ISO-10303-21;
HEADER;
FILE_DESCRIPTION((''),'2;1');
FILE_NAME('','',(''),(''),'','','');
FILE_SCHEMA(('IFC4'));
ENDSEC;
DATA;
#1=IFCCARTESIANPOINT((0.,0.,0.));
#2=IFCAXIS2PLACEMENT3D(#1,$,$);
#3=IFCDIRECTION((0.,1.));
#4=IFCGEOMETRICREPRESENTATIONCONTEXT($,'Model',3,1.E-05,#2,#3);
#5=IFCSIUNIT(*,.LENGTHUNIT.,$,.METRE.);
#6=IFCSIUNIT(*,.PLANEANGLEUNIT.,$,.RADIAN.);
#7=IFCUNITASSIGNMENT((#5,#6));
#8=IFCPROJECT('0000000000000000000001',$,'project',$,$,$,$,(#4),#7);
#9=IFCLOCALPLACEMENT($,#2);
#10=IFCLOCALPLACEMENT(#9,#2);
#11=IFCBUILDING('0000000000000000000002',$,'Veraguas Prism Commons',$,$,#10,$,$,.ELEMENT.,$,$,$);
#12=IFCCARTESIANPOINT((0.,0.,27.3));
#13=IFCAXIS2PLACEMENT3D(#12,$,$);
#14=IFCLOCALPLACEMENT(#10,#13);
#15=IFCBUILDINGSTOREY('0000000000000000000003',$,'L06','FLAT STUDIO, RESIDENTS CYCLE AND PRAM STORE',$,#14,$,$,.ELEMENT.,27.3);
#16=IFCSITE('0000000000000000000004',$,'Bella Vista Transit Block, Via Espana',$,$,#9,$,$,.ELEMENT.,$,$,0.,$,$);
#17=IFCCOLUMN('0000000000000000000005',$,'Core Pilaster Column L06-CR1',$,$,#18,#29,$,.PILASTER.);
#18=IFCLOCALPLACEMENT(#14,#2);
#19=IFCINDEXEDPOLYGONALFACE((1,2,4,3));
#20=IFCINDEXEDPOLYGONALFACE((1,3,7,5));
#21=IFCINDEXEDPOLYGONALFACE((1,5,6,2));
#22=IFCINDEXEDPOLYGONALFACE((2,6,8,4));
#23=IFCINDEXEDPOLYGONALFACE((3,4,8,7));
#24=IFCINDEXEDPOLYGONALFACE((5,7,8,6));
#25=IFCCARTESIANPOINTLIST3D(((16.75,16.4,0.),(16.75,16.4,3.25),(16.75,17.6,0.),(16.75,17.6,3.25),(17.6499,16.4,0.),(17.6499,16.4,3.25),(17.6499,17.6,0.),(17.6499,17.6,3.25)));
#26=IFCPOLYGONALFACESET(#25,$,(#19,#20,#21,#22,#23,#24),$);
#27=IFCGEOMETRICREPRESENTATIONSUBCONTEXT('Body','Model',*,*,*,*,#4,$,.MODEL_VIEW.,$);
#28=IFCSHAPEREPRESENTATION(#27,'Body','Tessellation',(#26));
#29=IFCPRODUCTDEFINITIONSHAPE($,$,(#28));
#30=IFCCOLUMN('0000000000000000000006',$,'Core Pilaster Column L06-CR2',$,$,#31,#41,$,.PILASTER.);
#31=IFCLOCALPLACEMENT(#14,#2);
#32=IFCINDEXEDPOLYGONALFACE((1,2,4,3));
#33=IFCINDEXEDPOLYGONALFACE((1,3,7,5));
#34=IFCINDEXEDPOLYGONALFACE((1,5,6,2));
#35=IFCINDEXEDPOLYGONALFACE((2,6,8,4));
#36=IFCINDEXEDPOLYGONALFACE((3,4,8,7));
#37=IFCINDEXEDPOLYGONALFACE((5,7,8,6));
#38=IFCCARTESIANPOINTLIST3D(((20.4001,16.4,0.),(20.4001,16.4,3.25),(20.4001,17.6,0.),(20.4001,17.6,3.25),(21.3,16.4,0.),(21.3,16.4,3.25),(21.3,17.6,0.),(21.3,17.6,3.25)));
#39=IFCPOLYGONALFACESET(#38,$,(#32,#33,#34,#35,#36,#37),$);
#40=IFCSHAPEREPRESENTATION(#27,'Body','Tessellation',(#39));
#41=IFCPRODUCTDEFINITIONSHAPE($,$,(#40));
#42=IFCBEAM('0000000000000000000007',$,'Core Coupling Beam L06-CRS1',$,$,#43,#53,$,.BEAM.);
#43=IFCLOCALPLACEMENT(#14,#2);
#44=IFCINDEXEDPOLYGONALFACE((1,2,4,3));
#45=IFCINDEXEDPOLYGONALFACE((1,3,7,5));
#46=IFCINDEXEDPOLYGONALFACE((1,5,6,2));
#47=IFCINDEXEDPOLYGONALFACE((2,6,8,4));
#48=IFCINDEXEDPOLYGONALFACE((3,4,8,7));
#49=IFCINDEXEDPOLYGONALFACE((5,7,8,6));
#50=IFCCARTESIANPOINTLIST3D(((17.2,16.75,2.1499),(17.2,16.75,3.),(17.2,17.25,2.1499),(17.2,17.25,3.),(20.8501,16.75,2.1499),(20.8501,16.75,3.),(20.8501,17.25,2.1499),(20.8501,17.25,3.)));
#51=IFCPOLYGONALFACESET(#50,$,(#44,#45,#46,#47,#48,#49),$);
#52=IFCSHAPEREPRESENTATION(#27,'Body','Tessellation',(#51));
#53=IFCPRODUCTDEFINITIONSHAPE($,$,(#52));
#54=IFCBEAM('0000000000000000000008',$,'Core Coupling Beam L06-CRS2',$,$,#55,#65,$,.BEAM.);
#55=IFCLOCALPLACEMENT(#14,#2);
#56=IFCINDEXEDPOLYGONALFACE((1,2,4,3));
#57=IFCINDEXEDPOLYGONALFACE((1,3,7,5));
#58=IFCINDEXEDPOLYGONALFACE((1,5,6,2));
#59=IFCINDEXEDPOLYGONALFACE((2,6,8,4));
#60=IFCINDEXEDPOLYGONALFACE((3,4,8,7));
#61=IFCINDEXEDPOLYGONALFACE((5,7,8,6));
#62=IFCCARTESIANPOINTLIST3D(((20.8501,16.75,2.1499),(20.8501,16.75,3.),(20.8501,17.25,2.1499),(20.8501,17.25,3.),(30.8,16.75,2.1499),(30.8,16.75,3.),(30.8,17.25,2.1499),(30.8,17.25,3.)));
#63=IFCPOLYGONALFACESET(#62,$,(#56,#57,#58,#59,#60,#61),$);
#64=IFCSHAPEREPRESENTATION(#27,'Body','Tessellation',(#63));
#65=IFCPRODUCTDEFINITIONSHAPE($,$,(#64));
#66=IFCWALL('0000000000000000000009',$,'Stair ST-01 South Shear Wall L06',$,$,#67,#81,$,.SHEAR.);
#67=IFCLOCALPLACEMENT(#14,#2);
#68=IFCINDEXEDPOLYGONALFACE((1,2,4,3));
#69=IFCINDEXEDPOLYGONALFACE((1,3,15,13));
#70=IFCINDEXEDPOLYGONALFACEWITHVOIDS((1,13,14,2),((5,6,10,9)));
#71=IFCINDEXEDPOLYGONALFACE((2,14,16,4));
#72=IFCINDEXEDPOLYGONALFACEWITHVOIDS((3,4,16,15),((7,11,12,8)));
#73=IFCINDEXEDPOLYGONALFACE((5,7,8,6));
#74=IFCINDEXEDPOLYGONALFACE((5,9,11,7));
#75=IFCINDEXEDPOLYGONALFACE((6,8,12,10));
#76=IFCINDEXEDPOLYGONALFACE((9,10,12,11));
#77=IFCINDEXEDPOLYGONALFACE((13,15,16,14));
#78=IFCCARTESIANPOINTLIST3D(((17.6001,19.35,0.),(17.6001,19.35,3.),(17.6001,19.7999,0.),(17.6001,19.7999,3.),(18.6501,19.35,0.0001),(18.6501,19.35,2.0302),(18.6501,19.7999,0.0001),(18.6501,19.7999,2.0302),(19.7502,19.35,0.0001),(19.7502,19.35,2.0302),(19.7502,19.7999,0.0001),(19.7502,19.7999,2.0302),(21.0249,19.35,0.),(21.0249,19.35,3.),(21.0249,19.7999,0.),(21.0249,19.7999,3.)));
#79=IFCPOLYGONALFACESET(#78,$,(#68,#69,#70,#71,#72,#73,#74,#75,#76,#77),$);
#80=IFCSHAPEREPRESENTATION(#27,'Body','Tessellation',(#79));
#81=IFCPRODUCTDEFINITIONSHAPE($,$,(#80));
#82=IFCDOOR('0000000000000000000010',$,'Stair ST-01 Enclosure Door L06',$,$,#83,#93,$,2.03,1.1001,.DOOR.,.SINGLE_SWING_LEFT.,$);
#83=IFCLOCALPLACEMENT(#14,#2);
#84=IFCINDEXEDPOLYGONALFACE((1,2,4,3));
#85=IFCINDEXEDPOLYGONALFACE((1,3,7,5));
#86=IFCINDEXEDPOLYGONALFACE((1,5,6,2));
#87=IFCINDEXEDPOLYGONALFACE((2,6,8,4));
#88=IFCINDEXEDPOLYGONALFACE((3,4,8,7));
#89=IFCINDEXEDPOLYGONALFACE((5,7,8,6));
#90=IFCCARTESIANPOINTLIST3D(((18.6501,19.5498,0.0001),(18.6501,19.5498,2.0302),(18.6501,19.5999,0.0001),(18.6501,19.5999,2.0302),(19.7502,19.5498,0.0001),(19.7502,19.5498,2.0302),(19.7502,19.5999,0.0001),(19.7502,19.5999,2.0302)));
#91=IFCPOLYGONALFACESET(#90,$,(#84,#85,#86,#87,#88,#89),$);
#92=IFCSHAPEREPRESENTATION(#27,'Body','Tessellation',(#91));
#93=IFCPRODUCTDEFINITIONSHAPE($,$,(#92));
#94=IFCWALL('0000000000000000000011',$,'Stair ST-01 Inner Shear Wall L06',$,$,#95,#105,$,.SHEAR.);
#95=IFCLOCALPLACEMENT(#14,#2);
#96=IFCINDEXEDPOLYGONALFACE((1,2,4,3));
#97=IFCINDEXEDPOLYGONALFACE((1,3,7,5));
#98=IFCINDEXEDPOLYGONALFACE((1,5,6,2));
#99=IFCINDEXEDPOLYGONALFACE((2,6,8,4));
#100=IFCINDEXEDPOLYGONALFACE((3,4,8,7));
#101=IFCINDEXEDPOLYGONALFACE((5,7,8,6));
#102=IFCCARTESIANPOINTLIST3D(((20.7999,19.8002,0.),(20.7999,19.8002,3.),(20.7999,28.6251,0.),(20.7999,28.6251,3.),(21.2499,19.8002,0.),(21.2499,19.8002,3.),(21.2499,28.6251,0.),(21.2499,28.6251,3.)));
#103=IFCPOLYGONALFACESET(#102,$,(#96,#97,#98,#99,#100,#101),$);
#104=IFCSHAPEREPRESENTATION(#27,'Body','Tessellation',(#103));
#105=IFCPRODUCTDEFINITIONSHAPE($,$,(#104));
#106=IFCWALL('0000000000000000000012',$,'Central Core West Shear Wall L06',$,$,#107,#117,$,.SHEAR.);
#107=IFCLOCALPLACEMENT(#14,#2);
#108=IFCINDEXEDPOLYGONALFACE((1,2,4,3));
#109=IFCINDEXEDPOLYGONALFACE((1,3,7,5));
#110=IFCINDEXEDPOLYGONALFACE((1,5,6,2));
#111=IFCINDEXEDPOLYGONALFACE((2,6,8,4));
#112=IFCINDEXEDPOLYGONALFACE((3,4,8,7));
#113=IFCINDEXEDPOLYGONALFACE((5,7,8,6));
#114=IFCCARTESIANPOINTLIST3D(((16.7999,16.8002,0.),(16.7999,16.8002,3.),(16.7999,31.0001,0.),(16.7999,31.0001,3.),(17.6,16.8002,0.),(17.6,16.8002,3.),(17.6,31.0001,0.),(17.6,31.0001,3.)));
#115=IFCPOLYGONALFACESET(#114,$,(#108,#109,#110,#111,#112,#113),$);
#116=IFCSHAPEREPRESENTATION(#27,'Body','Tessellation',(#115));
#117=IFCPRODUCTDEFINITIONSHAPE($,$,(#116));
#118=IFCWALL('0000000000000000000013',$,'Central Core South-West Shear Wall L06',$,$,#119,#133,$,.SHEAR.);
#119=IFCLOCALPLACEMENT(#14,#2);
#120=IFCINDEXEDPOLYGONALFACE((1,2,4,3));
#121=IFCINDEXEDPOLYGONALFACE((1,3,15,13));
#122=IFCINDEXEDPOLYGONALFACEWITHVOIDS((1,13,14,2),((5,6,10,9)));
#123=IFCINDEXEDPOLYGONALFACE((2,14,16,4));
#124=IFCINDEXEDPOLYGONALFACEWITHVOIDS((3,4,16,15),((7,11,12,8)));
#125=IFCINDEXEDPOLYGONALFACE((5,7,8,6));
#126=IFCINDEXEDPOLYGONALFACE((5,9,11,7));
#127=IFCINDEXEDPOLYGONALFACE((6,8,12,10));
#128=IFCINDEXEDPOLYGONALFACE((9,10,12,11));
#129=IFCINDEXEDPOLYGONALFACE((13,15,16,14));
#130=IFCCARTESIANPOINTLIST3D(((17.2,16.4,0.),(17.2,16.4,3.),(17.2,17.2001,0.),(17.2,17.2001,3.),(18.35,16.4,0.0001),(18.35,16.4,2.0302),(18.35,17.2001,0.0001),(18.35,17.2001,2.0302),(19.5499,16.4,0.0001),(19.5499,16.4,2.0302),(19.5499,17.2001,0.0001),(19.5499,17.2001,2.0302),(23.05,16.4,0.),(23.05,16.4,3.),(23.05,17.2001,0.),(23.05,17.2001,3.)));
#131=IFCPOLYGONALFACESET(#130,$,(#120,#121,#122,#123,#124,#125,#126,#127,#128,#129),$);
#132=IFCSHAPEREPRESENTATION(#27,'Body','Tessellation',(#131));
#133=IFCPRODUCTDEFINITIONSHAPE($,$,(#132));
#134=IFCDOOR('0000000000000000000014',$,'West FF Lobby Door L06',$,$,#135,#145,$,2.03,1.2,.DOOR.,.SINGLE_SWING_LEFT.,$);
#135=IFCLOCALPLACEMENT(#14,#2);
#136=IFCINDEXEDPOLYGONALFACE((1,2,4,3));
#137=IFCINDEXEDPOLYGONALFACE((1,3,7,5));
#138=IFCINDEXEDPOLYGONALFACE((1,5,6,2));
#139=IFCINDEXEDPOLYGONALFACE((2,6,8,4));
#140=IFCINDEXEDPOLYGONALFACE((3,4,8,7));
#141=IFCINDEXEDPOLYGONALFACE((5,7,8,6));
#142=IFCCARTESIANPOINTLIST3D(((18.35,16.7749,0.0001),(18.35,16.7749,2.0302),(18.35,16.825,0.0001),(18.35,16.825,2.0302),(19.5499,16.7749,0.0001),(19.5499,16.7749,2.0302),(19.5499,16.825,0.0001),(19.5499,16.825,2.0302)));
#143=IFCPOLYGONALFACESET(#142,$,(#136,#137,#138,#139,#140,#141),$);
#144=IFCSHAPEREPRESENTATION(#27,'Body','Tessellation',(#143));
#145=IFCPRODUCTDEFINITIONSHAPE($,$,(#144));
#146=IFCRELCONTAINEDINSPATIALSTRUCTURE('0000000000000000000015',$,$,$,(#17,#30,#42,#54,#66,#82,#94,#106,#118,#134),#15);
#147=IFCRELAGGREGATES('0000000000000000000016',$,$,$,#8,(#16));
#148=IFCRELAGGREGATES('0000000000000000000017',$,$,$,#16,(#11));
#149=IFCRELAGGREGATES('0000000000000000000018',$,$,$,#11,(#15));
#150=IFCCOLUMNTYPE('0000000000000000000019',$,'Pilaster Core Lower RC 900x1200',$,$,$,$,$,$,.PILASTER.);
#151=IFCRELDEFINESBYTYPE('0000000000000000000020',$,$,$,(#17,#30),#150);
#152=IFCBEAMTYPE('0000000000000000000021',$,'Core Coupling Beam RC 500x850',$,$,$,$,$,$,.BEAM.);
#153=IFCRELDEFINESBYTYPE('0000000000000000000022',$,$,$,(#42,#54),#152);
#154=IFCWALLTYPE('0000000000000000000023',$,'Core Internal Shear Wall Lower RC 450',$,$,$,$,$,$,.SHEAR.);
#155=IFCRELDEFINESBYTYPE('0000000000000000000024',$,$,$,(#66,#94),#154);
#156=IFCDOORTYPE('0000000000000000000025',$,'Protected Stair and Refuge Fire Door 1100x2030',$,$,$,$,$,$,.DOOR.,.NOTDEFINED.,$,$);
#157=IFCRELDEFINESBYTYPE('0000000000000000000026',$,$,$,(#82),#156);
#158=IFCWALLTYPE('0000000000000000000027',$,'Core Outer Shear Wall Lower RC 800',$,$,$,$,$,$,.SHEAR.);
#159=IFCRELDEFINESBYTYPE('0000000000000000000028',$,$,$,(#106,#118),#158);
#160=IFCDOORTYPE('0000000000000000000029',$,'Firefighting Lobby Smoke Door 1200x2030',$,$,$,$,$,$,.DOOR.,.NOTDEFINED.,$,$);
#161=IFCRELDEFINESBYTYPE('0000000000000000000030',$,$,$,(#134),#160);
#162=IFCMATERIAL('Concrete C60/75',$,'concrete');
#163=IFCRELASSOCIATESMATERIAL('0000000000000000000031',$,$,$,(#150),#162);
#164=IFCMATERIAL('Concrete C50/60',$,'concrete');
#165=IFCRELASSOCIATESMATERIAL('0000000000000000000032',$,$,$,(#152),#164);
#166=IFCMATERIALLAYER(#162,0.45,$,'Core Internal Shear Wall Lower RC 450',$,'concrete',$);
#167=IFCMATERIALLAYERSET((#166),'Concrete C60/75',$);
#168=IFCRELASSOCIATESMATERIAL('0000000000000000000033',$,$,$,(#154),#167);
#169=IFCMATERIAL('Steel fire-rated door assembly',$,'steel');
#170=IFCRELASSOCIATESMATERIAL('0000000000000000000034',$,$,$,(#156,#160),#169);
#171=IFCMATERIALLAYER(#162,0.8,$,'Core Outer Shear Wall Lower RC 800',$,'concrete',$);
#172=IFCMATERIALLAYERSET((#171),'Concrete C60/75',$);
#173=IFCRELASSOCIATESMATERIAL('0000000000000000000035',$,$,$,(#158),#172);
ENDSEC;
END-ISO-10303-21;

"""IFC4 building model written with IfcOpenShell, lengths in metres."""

from ifc_helpers import new_model, si_unit, direction, frame, frame_2d, origin, origin_2d, place, context, subcontext, project, spatial, rectangle, extrude, source, transform, mapped, material, layer, layer_set, material_profile, profile_set, type_object, element, fill, save


model = new_model("IFC4")

# Units and contexts
model_context = context("Model", 3, precision=1e-05, world=origin(), true_north=direction((0.0, 1.0)))
body_context = subcontext(model_context, "Body", "Model", "MODEL_VIEW")
ifc_project = project(units=[si_unit("LENGTHUNIT", "METRE"), si_unit("PLANEANGLEUNIT", "RADIAN")], contexts=[model_context])

# Site, building, storey
site_placement = place(None, origin())
site = spatial("IfcSite", under=ifc_project, at=site_placement, Name="Bella Vista Transit Block, Via Espana", CompositionType="ELEMENT", RefElevation=0.0)
building_placement = place(site_placement, origin())
building = spatial("IfcBuilding", under=site, at=building_placement, Name="Veraguas Prism Commons", CompositionType="ELEMENT")
storey_placement = place(building_placement, frame((0.0, 0.0, 27.3)))
storey = spatial("IfcBuildingStorey", under=building, at=storey_placement, Name="L06", Description="FLAT STUDIO, RESIDENTS CYCLE AND PRAM STORE", CompositionType="ELEMENT", Elevation=27.3)

# Columns
ifc_material_1 = material(Name="Concrete C60/75", Category="concrete")
ifc_material_profile_1 = material_profile(ifc_material_1, rectangle(XDim=0.8999, YDim=1.2, at=origin_2d()), Name="RC900X1200")
ifc_profile_set_1 = profile_set([ifc_material_profile_1], Name="Concrete C60/75")
column_type = type_object("IfcColumnType", Name="Pilaster Core Lower RC 900x1200", PredefinedType="PILASTER", material=ifc_profile_set_1)
for number, where, z_axis, x_axis, name in (
    (1, (17.2, 17.0, 0.0), (0.0, 0.0, 1.0), (1.0, 0.0, 0.0), "Core Pilaster Column L06-CR1"),
    (2, (20.8501, 17.0, 0.0), (0.0, 0.0, 1.0), (1.0, 0.0, 0.0), "Core Pilaster Column L06-CR2"),
):
    element("IfcColumn", number, at=place(storey_placement, frame(where, z_axis=z_axis, x_axis=x_axis)), inside=storey, type_object=column_type, Name=name, PredefinedType="PILASTER", context=body_context, shape_type="SweptSolid", body=[
        extrude(rectangle(XDim=0.8999, YDim=1.2, at=origin_2d()), origin(), (0.0, 0.0, 1.0), 3.25),
    ])

# Beams
ifc_material_2 = material(Name="Concrete C50/60", Category="concrete")
ifc_material_profile_2 = material_profile(ifc_material_2, rectangle(XDim=0.5, YDim=0.8501, at=origin_2d()), Name="RC500X850")
ifc_profile_set_2 = profile_set([ifc_material_profile_2], Name="Concrete C50/60")
beam_type = type_object("IfcBeamType", Name="Core Coupling Beam RC 500x850", PredefinedType="BEAM", material=ifc_profile_set_2)
beam_1_placement = place(storey_placement, frame((17.2, 17.0, 2.575), z_axis=(1.0, 0.0, 0.0), x_axis=(0.0, 1.0, 0.0)))
element("IfcBeam", 3, at=beam_1_placement, inside=storey, type_object=beam_type, Name="Core Coupling Beam L06-CRS1", PredefinedType="BEAM", context=body_context, shape_type="SweptSolid", body=[
    extrude(rectangle(XDim=0.5, YDim=0.8501, at=origin_2d()), origin(), (0.0, 0.0, 1.0), 3.6501),
])
beam_2_placement = place(storey_placement, frame((20.8501, 17.0, 2.575), z_axis=(1.0, 0.0, 0.0), x_axis=(0.0, 1.0, 0.0)))
element("IfcBeam", 4, at=beam_2_placement, inside=storey, type_object=beam_type, Name="Core Coupling Beam L06-CRS2", PredefinedType="BEAM", context=body_context, shape_type="SweptSolid", body=[
    extrude(rectangle(XDim=0.5, YDim=0.8501, at=origin_2d()), origin(), (0.0, 0.0, 1.0), 9.95),
])

# Wall, opening, door
ifc_layer_1 = layer(ifc_material_1, 0.45, Name="Core Internal Shear Wall Lower RC 450", Category="concrete")
ifc_layer_set_1 = layer_set([ifc_layer_1], Name="Concrete C60/75")
wall_type_1 = type_object("IfcWallType", Name="Core Internal Shear Wall Lower RC 450", PredefinedType="SHEAR", material=ifc_layer_set_1)
wall_1_placement = place(storey_placement, frame((17.6001, 19.575, 0.0), z_axis=(0.0, 0.0, 1.0), x_axis=(1.0, 0.0, 0.0)))
wall_1 = element("IfcWall", 5, at=wall_1_placement, inside=storey, type_object=wall_type_1, Name="Stair ST-01 South Shear Wall L06", PredefinedType="SHEAR", context=body_context, shape_type="SweptSolid", body=[
    extrude(rectangle(XDim=3.4248, YDim=0.45, at=frame_2d((1.7124, 0.0))), origin(), (0.0, 0.0, 1.0), 3.0),
])
opening_1_placement = place(wall_1_placement, frame((1.05, 0.0, 0.0)))
opening_1 = element("IfcOpeningElement", 6, at=opening_1_placement, cuts=wall_1, PredefinedType="OPENING", context=body_context, shape_type="SweptSolid", body=[
    extrude(rectangle(XDim=1.1001, YDim=2.03, at=frame_2d((0.55, 1.0151))), frame((0.0, 0.2349, 0.0), z_axis=(0.0, -1.0, 0.0), x_axis=(1.0, 0.0, 0.0)), (0.0, 0.0, 1.0), 0.47),
])
ifc_material_3 = material(Name="Steel fire-rated door assembly", Category="steel")
door_type_1 = type_object("IfcDoorType", Name="Protected Stair and Refuge Fire Door 1100x2030", OperationType="NOTDEFINED", PredefinedType="DOOR", material=ifc_material_3)
shared_shape_1 = source(origin(), body_context, "Body", "SweptSolid", [
    extrude(rectangle(XDim=1.1001, YDim=2.03, at=frame_2d((0.55, 1.0151))), frame((0.0, 0.0249, 0.0), z_axis=(0.0, -1.0, 0.0), x_axis=(1.0, 0.0, 0.0)), (0.0, 0.0, 1.0), 0.05),
])
door_1_placement = place(opening_1_placement, origin())
door_1 = element("IfcDoor", 7, at=door_1_placement, inside=storey, type_object=door_type_1, Name="Stair ST-01 Enclosure Door L06", OperationType="SINGLE_SWING_LEFT", OverallHeight=2.03, OverallWidth=1.1001, PredefinedType="DOOR", context=body_context, shape_type="MappedRepresentation", body=[
    mapped(shared_shape_1, transform((0.0, 0.0, 0.0), scale=1.0)),
])
fill(opening_1, door_1)

# Walls
wall_2_placement = place(storey_placement, frame((21.0249, 19.8, 0.0), z_axis=(0.0, 0.0, 1.0), x_axis=(0.0, 1.0, 0.0)))
element("IfcWall", 8, at=wall_2_placement, inside=storey, type_object=wall_type_1, Name="Stair ST-01 Inner Shear Wall L06", PredefinedType="SHEAR", context=body_context, shape_type="SweptSolid", body=[
    extrude(rectangle(XDim=8.825, YDim=0.45, at=frame_2d((4.4126, 0.0))), origin(), (0.0, 0.0, 1.0), 3.0),
])
ifc_layer_2 = layer(ifc_material_1, 0.8, Name="Core Outer Shear Wall Lower RC 800", Category="concrete")
ifc_layer_set_2 = layer_set([ifc_layer_2], Name="Concrete C60/75")
wall_type_2 = type_object("IfcWallType", Name="Core Outer Shear Wall Lower RC 800", PredefinedType="SHEAR", material=ifc_layer_set_2)
wall_3_placement = place(storey_placement, frame((17.2, 16.8, 0.0), z_axis=(0.0, 0.0, 1.0), x_axis=(0.0, 1.0, 0.0)))
element("IfcWall", 9, at=wall_3_placement, inside=storey, type_object=wall_type_2, Name="Central Core West Shear Wall L06", PredefinedType="SHEAR", context=body_context, shape_type="SweptSolid", body=[
    extrude(rectangle(XDim=14.2, YDim=0.8, at=frame_2d((7.1001, 0.0))), origin(), (0.0, 0.0, 1.0), 3.0),
])

# Wall, opening, door
wall_4_placement = place(storey_placement, frame((17.2, 16.8, 0.0), z_axis=(0.0, 0.0, 1.0), x_axis=(1.0, 0.0, 0.0)))
wall_4 = element("IfcWall", 10, at=wall_4_placement, inside=storey, type_object=wall_type_2, Name="Central Core South-West Shear Wall L06", PredefinedType="SHEAR", context=body_context, shape_type="SweptSolid", body=[
    extrude(rectangle(XDim=5.8501, YDim=0.8, at=frame_2d((2.925, 0.0))), origin(), (0.0, 0.0, 1.0), 3.0),
])
opening_2_placement = place(wall_4_placement, frame((1.1499, 0.0, 0.0)))
opening_2 = element("IfcOpeningElement", 11, at=opening_2_placement, cuts=wall_4, PredefinedType="OPENING", context=body_context, shape_type="SweptSolid", body=[
    extrude(rectangle(XDim=1.2, YDim=2.03, at=frame_2d((0.6001, 1.0151))), frame((0.0, 0.4099, 0.0), z_axis=(0.0, -1.0, 0.0), x_axis=(1.0, 0.0, 0.0)), (0.0, 0.0, 1.0), 0.8201),
])
door_type_2 = type_object("IfcDoorType", Name="Firefighting Lobby Smoke Door 1200x2030", OperationType="NOTDEFINED", PredefinedType="DOOR", material=ifc_material_3)
shared_shape_2 = source(origin(), body_context, "Body", "SweptSolid", [
    extrude(rectangle(XDim=1.2, YDim=2.03, at=frame_2d((0.6001, 1.0151))), frame((0.0, 0.0249, 0.0), z_axis=(0.0, -1.0, 0.0), x_axis=(1.0, 0.0, 0.0)), (0.0, 0.0, 1.0), 0.05),
])
door_2_placement = place(opening_2_placement, origin())
door_2 = element("IfcDoor", 12, at=door_2_placement, inside=storey, type_object=door_type_2, Name="West FF Lobby Door L06", OperationType="SINGLE_SWING_LEFT", OverallHeight=2.03, OverallWidth=1.2, PredefinedType="DOOR", context=body_context, shape_type="MappedRepresentation", body=[
    mapped(shared_shape_2, transform((0.0, 0.0, 0.0), scale=1.0)),
])
fill(opening_2, door_2)

save(model, "model.ifc")
